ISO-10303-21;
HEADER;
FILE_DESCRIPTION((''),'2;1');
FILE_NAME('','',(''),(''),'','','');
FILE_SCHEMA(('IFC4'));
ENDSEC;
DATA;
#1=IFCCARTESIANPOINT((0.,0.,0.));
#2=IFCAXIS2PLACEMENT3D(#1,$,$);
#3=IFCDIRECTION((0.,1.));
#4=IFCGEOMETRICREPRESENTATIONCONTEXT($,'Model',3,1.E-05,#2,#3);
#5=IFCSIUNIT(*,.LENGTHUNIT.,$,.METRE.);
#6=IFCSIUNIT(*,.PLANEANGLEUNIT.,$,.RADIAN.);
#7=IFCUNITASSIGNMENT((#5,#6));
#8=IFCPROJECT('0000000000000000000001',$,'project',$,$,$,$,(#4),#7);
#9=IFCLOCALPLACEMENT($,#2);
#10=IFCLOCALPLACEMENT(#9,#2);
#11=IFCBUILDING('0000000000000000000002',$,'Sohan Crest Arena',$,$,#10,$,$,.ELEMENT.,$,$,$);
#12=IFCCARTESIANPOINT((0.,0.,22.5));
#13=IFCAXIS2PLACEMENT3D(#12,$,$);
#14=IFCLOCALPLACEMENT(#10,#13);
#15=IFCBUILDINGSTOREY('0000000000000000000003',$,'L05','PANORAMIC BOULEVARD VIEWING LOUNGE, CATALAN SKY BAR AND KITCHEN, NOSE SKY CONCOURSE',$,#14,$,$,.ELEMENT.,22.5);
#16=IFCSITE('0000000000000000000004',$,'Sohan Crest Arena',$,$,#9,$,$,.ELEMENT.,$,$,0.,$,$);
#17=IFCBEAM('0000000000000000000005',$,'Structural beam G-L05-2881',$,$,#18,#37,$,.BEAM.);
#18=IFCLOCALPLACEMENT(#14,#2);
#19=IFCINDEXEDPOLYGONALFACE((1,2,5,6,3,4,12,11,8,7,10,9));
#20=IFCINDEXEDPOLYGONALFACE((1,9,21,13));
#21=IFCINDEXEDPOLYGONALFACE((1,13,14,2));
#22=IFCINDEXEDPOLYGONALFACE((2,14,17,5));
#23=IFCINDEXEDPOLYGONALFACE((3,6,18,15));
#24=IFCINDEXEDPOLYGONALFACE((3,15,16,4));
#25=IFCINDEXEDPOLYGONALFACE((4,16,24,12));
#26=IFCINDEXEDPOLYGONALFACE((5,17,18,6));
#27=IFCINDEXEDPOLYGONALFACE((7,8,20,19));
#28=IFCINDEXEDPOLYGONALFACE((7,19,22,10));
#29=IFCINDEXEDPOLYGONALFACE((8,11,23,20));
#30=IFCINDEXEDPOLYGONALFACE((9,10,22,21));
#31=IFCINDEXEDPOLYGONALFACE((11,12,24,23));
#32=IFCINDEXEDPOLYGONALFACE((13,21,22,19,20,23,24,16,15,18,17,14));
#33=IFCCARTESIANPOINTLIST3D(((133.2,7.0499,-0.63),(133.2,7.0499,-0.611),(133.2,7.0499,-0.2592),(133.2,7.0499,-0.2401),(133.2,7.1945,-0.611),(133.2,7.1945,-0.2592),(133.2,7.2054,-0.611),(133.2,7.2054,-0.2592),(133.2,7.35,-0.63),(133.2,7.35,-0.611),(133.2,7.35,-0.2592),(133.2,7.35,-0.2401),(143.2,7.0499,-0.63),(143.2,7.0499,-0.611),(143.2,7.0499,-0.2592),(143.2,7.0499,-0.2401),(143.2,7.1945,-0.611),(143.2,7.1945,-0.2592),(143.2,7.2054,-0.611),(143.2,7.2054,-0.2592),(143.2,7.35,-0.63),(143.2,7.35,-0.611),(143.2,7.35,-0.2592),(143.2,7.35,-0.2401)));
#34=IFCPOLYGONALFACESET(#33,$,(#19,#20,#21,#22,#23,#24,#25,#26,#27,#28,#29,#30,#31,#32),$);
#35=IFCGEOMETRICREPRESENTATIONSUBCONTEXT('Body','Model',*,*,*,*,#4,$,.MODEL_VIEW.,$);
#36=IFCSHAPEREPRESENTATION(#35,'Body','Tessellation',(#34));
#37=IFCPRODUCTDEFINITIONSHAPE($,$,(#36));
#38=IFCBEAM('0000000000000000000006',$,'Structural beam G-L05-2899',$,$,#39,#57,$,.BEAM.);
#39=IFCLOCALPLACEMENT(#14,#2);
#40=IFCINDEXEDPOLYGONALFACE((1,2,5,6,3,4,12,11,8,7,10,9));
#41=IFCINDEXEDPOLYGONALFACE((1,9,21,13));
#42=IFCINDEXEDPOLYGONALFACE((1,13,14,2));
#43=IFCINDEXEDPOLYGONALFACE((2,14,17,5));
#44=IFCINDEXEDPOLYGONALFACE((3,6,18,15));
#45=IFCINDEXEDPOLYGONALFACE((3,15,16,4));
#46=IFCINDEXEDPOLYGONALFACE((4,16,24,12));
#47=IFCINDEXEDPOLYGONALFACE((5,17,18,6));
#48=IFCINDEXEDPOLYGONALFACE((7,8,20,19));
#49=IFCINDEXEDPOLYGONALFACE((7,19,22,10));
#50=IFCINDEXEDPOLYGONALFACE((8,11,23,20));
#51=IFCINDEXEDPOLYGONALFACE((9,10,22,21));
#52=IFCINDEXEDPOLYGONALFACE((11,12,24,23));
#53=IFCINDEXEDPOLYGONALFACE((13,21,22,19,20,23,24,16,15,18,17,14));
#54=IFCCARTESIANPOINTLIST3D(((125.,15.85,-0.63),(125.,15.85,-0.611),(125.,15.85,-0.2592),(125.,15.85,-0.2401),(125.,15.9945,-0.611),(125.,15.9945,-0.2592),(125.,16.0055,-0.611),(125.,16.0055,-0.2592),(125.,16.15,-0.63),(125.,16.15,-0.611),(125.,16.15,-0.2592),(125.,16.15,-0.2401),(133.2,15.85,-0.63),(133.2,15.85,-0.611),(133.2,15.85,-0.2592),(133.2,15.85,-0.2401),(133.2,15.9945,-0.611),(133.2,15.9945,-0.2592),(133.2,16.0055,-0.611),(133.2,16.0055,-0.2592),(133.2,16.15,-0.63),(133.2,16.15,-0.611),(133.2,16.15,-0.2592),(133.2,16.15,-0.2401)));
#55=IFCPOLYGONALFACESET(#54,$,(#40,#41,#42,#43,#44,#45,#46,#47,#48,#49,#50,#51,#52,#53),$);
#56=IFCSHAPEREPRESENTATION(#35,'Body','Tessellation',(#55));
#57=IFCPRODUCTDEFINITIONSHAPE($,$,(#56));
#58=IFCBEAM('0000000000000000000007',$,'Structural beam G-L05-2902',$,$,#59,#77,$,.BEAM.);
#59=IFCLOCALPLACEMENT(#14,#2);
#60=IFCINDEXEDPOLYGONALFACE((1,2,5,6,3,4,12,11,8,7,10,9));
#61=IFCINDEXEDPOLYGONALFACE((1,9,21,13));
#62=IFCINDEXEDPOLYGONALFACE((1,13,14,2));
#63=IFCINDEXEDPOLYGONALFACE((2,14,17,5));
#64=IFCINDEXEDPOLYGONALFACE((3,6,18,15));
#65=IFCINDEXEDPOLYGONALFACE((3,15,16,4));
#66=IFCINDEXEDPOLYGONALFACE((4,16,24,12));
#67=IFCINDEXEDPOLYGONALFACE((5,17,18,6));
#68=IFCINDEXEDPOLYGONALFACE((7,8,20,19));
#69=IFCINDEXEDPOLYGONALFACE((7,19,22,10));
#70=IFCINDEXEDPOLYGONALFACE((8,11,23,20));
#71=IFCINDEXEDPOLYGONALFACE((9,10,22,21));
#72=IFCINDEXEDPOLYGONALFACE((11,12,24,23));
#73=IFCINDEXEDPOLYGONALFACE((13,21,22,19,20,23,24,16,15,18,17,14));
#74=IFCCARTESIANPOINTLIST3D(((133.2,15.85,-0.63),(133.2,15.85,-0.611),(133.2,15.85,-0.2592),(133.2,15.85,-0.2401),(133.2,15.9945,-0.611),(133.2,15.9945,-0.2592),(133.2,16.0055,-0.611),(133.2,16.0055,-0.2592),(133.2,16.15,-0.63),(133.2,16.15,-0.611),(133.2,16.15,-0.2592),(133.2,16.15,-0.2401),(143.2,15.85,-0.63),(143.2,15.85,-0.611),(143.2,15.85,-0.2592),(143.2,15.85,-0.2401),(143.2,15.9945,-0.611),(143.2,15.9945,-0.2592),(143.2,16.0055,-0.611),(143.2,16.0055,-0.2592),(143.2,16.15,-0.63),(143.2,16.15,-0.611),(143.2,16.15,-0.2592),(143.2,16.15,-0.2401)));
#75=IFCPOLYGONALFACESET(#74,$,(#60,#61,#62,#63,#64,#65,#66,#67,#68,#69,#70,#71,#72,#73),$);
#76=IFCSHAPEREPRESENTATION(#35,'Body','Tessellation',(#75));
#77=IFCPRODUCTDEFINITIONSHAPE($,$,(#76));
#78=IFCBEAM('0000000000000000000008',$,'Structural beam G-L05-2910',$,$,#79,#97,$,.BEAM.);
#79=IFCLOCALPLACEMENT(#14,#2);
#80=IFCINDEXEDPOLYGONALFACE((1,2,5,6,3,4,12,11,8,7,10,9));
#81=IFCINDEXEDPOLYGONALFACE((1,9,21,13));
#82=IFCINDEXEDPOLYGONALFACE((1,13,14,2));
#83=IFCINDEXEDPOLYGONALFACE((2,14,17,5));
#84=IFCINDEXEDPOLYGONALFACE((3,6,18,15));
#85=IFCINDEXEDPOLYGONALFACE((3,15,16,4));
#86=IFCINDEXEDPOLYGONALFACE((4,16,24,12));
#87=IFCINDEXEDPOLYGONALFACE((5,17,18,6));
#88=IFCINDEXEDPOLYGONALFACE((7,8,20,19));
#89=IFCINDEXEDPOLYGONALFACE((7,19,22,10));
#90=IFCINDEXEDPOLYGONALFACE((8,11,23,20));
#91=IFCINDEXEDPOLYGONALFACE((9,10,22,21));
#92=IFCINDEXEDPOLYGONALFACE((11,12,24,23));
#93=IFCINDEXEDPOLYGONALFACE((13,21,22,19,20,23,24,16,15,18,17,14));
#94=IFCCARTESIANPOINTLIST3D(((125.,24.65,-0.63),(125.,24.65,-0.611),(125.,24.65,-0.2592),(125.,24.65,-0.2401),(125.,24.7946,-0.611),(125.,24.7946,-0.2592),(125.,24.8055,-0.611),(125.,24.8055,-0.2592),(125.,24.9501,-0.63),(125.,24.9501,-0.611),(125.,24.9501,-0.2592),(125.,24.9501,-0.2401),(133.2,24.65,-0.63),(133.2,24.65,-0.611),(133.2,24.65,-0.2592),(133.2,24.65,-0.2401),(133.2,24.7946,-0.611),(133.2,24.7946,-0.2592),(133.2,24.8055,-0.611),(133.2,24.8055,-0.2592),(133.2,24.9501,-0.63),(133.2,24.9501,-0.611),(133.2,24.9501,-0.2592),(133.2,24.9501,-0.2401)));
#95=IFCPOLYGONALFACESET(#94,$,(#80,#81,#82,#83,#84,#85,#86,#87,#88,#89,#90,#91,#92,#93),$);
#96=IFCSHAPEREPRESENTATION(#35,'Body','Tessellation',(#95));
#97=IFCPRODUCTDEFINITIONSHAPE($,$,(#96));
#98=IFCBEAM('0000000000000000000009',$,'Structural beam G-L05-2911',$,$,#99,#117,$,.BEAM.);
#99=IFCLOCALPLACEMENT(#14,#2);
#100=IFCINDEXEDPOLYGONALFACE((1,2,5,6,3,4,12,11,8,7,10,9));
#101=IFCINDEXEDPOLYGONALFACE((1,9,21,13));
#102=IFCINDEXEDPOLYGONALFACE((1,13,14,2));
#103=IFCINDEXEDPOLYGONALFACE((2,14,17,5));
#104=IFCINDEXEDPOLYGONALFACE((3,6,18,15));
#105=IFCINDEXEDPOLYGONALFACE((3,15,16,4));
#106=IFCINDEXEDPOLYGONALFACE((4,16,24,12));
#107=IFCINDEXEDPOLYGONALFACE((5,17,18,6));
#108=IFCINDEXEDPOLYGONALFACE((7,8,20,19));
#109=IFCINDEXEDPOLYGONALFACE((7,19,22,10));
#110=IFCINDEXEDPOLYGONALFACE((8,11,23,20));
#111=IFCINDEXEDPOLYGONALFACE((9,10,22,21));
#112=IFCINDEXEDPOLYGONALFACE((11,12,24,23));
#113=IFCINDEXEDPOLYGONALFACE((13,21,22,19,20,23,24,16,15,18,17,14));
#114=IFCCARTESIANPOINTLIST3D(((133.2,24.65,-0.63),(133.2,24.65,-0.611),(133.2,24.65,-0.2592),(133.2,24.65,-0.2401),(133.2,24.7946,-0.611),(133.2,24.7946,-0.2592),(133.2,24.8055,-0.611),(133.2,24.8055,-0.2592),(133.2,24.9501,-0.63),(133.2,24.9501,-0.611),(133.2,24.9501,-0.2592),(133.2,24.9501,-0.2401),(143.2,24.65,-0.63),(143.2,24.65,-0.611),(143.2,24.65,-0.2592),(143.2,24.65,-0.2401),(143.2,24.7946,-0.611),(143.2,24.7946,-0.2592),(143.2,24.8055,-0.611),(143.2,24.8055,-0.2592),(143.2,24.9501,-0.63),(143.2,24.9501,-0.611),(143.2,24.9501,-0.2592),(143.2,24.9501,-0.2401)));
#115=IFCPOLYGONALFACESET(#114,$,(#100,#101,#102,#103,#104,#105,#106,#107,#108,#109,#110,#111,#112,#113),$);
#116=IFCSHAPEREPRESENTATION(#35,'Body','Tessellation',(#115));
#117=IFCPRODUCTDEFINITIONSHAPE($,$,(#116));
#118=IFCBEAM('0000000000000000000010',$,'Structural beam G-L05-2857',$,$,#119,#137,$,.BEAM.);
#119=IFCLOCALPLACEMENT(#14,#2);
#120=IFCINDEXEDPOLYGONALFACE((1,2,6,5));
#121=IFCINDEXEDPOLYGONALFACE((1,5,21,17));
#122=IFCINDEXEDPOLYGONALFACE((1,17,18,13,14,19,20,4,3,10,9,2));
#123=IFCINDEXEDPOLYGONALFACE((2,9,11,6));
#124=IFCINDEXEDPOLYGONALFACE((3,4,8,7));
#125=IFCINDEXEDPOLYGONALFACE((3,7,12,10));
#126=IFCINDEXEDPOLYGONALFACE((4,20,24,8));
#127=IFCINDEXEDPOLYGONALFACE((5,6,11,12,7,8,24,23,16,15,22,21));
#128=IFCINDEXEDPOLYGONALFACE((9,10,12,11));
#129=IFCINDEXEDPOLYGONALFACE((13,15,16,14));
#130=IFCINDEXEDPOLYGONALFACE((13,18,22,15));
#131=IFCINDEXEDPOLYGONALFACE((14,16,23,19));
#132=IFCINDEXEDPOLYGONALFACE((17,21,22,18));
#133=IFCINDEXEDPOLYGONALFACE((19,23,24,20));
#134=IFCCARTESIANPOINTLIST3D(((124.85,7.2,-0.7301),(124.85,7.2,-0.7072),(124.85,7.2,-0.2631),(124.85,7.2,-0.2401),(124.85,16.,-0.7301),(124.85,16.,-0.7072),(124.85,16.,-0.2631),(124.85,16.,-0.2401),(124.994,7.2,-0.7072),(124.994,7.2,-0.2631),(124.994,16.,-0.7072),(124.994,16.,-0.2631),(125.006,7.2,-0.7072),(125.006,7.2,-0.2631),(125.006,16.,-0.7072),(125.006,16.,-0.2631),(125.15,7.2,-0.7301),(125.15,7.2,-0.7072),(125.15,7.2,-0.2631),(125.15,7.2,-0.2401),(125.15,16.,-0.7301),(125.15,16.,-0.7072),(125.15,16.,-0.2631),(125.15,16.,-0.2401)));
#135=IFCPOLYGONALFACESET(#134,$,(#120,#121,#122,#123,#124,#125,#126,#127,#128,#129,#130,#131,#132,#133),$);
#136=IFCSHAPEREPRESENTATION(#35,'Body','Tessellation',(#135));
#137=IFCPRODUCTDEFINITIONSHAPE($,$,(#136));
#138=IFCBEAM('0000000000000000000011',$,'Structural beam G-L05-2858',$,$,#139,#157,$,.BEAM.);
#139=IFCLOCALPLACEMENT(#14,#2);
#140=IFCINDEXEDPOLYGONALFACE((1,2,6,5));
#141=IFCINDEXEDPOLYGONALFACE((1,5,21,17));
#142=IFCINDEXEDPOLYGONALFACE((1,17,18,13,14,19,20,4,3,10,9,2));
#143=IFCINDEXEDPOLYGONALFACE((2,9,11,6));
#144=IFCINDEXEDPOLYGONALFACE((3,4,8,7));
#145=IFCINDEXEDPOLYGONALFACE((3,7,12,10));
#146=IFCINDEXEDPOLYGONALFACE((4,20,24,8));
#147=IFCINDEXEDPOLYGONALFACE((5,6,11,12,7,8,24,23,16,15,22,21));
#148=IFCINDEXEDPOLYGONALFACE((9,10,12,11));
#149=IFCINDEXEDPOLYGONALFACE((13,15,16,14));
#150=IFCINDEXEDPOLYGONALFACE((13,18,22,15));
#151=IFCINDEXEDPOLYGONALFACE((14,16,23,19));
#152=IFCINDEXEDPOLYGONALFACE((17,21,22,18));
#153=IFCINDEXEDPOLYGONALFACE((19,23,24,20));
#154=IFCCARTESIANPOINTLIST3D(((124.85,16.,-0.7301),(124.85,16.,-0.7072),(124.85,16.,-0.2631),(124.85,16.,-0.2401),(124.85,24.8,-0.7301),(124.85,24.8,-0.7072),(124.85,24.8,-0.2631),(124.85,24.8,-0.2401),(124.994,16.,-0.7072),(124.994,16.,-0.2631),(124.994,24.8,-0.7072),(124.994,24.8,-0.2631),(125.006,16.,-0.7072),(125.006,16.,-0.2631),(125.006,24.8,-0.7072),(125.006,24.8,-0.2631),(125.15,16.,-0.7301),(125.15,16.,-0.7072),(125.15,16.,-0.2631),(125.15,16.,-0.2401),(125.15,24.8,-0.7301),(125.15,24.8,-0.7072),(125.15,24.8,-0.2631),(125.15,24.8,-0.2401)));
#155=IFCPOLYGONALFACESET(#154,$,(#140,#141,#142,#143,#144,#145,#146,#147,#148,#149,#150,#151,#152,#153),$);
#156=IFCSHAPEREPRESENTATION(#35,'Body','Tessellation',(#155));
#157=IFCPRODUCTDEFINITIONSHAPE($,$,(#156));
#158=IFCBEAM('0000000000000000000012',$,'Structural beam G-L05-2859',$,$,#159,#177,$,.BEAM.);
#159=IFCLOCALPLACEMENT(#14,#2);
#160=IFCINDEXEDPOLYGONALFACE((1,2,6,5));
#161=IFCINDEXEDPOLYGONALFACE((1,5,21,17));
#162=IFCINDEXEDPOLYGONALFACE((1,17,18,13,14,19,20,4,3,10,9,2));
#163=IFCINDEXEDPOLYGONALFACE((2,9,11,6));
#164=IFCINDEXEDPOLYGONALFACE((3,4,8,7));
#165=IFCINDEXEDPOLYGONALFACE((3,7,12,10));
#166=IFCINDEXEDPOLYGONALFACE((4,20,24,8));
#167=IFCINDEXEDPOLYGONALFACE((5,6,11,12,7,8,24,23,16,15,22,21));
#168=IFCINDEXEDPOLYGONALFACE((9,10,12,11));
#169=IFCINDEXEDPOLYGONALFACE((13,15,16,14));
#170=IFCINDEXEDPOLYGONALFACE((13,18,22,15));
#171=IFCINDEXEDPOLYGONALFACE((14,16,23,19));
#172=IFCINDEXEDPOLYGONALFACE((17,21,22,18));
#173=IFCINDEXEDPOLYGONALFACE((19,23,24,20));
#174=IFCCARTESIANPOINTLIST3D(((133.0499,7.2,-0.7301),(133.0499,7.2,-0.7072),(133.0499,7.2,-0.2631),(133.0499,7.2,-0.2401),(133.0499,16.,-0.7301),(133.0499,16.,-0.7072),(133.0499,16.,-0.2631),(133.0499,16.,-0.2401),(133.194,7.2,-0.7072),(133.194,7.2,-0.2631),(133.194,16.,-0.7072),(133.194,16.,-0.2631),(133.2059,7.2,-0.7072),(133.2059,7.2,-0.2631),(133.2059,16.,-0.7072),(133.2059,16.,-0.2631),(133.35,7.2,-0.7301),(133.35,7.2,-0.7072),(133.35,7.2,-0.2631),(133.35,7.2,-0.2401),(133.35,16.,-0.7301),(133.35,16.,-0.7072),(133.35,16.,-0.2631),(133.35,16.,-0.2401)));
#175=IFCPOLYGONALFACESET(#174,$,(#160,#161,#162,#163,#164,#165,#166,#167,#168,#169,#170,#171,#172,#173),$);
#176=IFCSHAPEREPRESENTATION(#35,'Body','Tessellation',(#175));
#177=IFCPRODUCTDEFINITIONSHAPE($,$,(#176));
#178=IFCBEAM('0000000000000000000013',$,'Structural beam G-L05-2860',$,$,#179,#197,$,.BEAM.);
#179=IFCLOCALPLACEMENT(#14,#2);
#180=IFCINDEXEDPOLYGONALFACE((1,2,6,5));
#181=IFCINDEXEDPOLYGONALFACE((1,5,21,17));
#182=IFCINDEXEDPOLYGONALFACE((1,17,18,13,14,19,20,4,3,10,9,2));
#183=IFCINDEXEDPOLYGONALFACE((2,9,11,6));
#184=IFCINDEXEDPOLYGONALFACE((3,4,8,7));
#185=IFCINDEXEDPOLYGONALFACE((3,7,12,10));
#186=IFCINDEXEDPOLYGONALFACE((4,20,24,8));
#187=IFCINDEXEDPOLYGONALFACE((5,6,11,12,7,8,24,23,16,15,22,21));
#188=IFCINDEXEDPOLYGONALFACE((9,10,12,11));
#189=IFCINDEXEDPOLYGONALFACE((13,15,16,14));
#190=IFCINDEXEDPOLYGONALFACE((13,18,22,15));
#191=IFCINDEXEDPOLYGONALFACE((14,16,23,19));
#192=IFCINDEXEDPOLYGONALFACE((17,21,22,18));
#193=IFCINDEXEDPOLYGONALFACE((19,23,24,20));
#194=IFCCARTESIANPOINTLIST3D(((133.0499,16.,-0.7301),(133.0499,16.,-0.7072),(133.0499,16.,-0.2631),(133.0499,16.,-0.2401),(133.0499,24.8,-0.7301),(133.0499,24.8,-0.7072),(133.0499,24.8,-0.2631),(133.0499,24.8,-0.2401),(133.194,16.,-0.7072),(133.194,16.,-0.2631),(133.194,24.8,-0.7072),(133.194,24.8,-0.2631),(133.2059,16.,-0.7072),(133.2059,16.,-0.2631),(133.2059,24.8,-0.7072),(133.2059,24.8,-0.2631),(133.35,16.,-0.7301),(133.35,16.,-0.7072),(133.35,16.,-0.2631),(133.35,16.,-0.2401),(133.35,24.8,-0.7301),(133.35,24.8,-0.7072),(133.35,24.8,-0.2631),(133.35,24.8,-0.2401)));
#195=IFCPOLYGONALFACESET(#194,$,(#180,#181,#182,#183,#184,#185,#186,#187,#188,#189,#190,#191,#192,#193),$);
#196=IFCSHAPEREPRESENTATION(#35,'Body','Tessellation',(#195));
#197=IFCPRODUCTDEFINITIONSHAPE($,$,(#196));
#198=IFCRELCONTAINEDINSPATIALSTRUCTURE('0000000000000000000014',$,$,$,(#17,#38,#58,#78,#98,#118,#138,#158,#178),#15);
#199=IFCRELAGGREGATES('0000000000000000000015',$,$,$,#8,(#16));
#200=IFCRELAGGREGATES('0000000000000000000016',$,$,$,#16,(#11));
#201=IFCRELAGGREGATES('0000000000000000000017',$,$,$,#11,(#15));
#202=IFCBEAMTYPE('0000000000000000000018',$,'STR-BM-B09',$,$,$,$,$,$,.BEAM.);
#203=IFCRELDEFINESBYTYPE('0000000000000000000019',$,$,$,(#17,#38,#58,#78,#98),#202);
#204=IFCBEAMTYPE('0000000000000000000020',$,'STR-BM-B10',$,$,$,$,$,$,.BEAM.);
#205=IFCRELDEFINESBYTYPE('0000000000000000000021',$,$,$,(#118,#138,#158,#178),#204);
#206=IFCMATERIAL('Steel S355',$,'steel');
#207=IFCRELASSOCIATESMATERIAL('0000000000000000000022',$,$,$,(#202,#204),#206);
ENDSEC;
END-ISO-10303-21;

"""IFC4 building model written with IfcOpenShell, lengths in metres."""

from ifc_helpers import new_model, si_unit, direction, frame, origin, origin_2d, place, context, subcontext, project, spatial, i_section, extrude, material, material_profile, profile_set, type_object, element, save


model = new_model("IFC4")

# Units and contexts
model_context = context("Model", 3, precision=1e-05, world=origin(), true_north=direction((0.0, 1.0)))
body_context = subcontext(model_context, "Body", "Model", "MODEL_VIEW")
ifc_project = project(units=[si_unit("LENGTHUNIT", "METRE"), si_unit("PLANEANGLEUNIT", "RADIAN")], contexts=[model_context])

# Site, building, storey
site_placement = place(None, origin())
site = spatial("IfcSite", under=ifc_project, at=site_placement, Name="Sohan Crest Arena", CompositionType="ELEMENT", RefElevation=0.0)
building_placement = place(site_placement, origin())
building = spatial("IfcBuilding", under=site, at=building_placement, Name="Sohan Crest Arena", CompositionType="ELEMENT")
storey_placement = place(building_placement, frame((0.0, 0.0, 22.5)))
storey = spatial("IfcBuildingStorey", under=building, at=storey_placement, Name="L05", Description="PANORAMIC BOULEVARD VIEWING LOUNGE, CATALAN SKY BAR AND KITCHEN, NOSE SKY CONCOURSE", CompositionType="ELEMENT", Elevation=22.5)

# Beams
ifc_material_1 = material(Name="Steel S355", Category="steel")
ifc_material_profile_1 = material_profile(ifc_material_1, i_section(OverallWidth=0.3, OverallDepth=0.3899, WebThickness=0.011, FlangeThickness=0.019, at=origin_2d()), Name="HEA 400")
ifc_profile_set_1 = profile_set([ifc_material_profile_1], Name="Steel S355")
beam_type_1 = type_object("IfcBeamType", Name="STR-BM-B09", PredefinedType="BEAM", material=ifc_profile_set_1)
beam_1_placement = place(storey_placement, frame((133.2, 7.2, -0.4351), z_axis=(1.0, 0.0, 0.0), x_axis=(0.0, 1.0, 0.0)))
element("IfcBeam", 1, at=beam_1_placement, inside=storey, type_object=beam_type_1, Name="Structural beam G-L05-2881", PredefinedType="BEAM", context=body_context, shape_type="SweptSolid", body=[
    extrude(i_section(OverallWidth=0.3, OverallDepth=0.3899, WebThickness=0.011, FlangeThickness=0.019, at=origin_2d()), origin(), (0.0, 0.0, 1.0), 10.0),
])
beam_2_placement = place(storey_placement, frame((125.0, 16.0, -0.4351), z_axis=(1.0, 0.0, 0.0), x_axis=(0.0, 1.0, 0.0)))
element("IfcBeam", 2, at=beam_2_placement, inside=storey, type_object=beam_type_1, Name="Structural beam G-L05-2899", PredefinedType="BEAM", context=body_context, shape_type="SweptSolid", body=[
    extrude(i_section(OverallWidth=0.3, OverallDepth=0.3899, WebThickness=0.011, FlangeThickness=0.019, at=origin_2d()), origin(), (0.0, 0.0, 1.0), 8.2),
])
beam_3_placement = place(storey_placement, frame((133.2, 16.0, -0.4351), z_axis=(1.0, 0.0, 0.0), x_axis=(0.0, 1.0, 0.0)))
element("IfcBeam", 3, at=beam_3_placement, inside=storey, type_object=beam_type_1, Name="Structural beam G-L05-2902", PredefinedType="BEAM", context=body_context, shape_type="SweptSolid", body=[
    extrude(i_section(OverallWidth=0.3, OverallDepth=0.3899, WebThickness=0.011, FlangeThickness=0.019, at=origin_2d()), origin(), (0.0, 0.0, 1.0), 10.0),
])
beam_4_placement = place(storey_placement, frame((125.0, 24.8, -0.4351), z_axis=(1.0, 0.0, 0.0), x_axis=(0.0, 1.0, 0.0)))
element("IfcBeam", 4, at=beam_4_placement, inside=storey, type_object=beam_type_1, Name="Structural beam G-L05-2910", PredefinedType="BEAM", context=body_context, shape_type="SweptSolid", body=[
    extrude(i_section(OverallWidth=0.3, OverallDepth=0.3899, WebThickness=0.011, FlangeThickness=0.019, at=origin_2d()), origin(), (0.0, 0.0, 1.0), 8.2),
])
beam_5_placement = place(storey_placement, frame((133.2, 24.8, -0.4351), z_axis=(1.0, 0.0, 0.0), x_axis=(0.0, 1.0, 0.0)))
element("IfcBeam", 5, at=beam_5_placement, inside=storey, type_object=beam_type_1, Name="Structural beam G-L05-2911", PredefinedType="BEAM", context=body_context, shape_type="SweptSolid", body=[
    extrude(i_section(OverallWidth=0.3, OverallDepth=0.3899, WebThickness=0.011, FlangeThickness=0.019, at=origin_2d()), origin(), (0.0, 0.0, 1.0), 10.0),
])
ifc_material_profile_2 = material_profile(ifc_material_1, i_section(OverallWidth=0.3, OverallDepth=0.49, WebThickness=0.012, FlangeThickness=0.0229, at=origin_2d()), Name="HEA 500")
ifc_profile_set_2 = profile_set([ifc_material_profile_2], Name="Steel S355")
beam_type_2 = type_object("IfcBeamType", Name="STR-BM-B10", PredefinedType="BEAM", material=ifc_profile_set_2)
for number, where, z_axis, x_axis, name in (
    (6, (125.0, 7.2, -0.4851), (0.0, 1.0, 0.0), (-1.0, 0.0, 0.0), "Structural beam G-L05-2857"),
    (7, (125.0, 16.0, -0.4851), (0.0, 1.0, 0.0), (-1.0, 0.0, 0.0), "Structural beam G-L05-2858"),
    (8, (133.2, 7.2, -0.4851), (0.0, 1.0, 0.0), (-1.0, 0.0, 0.0), "Structural beam G-L05-2859"),
    (9, (133.2, 16.0, -0.4851), (0.0, 1.0, 0.0), (-1.0, 0.0, 0.0), "Structural beam G-L05-2860"),
):
    element("IfcBeam", number, at=place(storey_placement, frame(where, z_axis=z_axis, x_axis=x_axis)), inside=storey, type_object=beam_type_2, Name=name, PredefinedType="BEAM", context=body_context, shape_type="SweptSolid", body=[
        extrude(i_section(OverallWidth=0.3, OverallDepth=0.49, WebThickness=0.012, FlangeThickness=0.0229, at=origin_2d()), origin(), (0.0, 0.0, 1.0), 8.8),
    ])

save(model, "model.ifc")
